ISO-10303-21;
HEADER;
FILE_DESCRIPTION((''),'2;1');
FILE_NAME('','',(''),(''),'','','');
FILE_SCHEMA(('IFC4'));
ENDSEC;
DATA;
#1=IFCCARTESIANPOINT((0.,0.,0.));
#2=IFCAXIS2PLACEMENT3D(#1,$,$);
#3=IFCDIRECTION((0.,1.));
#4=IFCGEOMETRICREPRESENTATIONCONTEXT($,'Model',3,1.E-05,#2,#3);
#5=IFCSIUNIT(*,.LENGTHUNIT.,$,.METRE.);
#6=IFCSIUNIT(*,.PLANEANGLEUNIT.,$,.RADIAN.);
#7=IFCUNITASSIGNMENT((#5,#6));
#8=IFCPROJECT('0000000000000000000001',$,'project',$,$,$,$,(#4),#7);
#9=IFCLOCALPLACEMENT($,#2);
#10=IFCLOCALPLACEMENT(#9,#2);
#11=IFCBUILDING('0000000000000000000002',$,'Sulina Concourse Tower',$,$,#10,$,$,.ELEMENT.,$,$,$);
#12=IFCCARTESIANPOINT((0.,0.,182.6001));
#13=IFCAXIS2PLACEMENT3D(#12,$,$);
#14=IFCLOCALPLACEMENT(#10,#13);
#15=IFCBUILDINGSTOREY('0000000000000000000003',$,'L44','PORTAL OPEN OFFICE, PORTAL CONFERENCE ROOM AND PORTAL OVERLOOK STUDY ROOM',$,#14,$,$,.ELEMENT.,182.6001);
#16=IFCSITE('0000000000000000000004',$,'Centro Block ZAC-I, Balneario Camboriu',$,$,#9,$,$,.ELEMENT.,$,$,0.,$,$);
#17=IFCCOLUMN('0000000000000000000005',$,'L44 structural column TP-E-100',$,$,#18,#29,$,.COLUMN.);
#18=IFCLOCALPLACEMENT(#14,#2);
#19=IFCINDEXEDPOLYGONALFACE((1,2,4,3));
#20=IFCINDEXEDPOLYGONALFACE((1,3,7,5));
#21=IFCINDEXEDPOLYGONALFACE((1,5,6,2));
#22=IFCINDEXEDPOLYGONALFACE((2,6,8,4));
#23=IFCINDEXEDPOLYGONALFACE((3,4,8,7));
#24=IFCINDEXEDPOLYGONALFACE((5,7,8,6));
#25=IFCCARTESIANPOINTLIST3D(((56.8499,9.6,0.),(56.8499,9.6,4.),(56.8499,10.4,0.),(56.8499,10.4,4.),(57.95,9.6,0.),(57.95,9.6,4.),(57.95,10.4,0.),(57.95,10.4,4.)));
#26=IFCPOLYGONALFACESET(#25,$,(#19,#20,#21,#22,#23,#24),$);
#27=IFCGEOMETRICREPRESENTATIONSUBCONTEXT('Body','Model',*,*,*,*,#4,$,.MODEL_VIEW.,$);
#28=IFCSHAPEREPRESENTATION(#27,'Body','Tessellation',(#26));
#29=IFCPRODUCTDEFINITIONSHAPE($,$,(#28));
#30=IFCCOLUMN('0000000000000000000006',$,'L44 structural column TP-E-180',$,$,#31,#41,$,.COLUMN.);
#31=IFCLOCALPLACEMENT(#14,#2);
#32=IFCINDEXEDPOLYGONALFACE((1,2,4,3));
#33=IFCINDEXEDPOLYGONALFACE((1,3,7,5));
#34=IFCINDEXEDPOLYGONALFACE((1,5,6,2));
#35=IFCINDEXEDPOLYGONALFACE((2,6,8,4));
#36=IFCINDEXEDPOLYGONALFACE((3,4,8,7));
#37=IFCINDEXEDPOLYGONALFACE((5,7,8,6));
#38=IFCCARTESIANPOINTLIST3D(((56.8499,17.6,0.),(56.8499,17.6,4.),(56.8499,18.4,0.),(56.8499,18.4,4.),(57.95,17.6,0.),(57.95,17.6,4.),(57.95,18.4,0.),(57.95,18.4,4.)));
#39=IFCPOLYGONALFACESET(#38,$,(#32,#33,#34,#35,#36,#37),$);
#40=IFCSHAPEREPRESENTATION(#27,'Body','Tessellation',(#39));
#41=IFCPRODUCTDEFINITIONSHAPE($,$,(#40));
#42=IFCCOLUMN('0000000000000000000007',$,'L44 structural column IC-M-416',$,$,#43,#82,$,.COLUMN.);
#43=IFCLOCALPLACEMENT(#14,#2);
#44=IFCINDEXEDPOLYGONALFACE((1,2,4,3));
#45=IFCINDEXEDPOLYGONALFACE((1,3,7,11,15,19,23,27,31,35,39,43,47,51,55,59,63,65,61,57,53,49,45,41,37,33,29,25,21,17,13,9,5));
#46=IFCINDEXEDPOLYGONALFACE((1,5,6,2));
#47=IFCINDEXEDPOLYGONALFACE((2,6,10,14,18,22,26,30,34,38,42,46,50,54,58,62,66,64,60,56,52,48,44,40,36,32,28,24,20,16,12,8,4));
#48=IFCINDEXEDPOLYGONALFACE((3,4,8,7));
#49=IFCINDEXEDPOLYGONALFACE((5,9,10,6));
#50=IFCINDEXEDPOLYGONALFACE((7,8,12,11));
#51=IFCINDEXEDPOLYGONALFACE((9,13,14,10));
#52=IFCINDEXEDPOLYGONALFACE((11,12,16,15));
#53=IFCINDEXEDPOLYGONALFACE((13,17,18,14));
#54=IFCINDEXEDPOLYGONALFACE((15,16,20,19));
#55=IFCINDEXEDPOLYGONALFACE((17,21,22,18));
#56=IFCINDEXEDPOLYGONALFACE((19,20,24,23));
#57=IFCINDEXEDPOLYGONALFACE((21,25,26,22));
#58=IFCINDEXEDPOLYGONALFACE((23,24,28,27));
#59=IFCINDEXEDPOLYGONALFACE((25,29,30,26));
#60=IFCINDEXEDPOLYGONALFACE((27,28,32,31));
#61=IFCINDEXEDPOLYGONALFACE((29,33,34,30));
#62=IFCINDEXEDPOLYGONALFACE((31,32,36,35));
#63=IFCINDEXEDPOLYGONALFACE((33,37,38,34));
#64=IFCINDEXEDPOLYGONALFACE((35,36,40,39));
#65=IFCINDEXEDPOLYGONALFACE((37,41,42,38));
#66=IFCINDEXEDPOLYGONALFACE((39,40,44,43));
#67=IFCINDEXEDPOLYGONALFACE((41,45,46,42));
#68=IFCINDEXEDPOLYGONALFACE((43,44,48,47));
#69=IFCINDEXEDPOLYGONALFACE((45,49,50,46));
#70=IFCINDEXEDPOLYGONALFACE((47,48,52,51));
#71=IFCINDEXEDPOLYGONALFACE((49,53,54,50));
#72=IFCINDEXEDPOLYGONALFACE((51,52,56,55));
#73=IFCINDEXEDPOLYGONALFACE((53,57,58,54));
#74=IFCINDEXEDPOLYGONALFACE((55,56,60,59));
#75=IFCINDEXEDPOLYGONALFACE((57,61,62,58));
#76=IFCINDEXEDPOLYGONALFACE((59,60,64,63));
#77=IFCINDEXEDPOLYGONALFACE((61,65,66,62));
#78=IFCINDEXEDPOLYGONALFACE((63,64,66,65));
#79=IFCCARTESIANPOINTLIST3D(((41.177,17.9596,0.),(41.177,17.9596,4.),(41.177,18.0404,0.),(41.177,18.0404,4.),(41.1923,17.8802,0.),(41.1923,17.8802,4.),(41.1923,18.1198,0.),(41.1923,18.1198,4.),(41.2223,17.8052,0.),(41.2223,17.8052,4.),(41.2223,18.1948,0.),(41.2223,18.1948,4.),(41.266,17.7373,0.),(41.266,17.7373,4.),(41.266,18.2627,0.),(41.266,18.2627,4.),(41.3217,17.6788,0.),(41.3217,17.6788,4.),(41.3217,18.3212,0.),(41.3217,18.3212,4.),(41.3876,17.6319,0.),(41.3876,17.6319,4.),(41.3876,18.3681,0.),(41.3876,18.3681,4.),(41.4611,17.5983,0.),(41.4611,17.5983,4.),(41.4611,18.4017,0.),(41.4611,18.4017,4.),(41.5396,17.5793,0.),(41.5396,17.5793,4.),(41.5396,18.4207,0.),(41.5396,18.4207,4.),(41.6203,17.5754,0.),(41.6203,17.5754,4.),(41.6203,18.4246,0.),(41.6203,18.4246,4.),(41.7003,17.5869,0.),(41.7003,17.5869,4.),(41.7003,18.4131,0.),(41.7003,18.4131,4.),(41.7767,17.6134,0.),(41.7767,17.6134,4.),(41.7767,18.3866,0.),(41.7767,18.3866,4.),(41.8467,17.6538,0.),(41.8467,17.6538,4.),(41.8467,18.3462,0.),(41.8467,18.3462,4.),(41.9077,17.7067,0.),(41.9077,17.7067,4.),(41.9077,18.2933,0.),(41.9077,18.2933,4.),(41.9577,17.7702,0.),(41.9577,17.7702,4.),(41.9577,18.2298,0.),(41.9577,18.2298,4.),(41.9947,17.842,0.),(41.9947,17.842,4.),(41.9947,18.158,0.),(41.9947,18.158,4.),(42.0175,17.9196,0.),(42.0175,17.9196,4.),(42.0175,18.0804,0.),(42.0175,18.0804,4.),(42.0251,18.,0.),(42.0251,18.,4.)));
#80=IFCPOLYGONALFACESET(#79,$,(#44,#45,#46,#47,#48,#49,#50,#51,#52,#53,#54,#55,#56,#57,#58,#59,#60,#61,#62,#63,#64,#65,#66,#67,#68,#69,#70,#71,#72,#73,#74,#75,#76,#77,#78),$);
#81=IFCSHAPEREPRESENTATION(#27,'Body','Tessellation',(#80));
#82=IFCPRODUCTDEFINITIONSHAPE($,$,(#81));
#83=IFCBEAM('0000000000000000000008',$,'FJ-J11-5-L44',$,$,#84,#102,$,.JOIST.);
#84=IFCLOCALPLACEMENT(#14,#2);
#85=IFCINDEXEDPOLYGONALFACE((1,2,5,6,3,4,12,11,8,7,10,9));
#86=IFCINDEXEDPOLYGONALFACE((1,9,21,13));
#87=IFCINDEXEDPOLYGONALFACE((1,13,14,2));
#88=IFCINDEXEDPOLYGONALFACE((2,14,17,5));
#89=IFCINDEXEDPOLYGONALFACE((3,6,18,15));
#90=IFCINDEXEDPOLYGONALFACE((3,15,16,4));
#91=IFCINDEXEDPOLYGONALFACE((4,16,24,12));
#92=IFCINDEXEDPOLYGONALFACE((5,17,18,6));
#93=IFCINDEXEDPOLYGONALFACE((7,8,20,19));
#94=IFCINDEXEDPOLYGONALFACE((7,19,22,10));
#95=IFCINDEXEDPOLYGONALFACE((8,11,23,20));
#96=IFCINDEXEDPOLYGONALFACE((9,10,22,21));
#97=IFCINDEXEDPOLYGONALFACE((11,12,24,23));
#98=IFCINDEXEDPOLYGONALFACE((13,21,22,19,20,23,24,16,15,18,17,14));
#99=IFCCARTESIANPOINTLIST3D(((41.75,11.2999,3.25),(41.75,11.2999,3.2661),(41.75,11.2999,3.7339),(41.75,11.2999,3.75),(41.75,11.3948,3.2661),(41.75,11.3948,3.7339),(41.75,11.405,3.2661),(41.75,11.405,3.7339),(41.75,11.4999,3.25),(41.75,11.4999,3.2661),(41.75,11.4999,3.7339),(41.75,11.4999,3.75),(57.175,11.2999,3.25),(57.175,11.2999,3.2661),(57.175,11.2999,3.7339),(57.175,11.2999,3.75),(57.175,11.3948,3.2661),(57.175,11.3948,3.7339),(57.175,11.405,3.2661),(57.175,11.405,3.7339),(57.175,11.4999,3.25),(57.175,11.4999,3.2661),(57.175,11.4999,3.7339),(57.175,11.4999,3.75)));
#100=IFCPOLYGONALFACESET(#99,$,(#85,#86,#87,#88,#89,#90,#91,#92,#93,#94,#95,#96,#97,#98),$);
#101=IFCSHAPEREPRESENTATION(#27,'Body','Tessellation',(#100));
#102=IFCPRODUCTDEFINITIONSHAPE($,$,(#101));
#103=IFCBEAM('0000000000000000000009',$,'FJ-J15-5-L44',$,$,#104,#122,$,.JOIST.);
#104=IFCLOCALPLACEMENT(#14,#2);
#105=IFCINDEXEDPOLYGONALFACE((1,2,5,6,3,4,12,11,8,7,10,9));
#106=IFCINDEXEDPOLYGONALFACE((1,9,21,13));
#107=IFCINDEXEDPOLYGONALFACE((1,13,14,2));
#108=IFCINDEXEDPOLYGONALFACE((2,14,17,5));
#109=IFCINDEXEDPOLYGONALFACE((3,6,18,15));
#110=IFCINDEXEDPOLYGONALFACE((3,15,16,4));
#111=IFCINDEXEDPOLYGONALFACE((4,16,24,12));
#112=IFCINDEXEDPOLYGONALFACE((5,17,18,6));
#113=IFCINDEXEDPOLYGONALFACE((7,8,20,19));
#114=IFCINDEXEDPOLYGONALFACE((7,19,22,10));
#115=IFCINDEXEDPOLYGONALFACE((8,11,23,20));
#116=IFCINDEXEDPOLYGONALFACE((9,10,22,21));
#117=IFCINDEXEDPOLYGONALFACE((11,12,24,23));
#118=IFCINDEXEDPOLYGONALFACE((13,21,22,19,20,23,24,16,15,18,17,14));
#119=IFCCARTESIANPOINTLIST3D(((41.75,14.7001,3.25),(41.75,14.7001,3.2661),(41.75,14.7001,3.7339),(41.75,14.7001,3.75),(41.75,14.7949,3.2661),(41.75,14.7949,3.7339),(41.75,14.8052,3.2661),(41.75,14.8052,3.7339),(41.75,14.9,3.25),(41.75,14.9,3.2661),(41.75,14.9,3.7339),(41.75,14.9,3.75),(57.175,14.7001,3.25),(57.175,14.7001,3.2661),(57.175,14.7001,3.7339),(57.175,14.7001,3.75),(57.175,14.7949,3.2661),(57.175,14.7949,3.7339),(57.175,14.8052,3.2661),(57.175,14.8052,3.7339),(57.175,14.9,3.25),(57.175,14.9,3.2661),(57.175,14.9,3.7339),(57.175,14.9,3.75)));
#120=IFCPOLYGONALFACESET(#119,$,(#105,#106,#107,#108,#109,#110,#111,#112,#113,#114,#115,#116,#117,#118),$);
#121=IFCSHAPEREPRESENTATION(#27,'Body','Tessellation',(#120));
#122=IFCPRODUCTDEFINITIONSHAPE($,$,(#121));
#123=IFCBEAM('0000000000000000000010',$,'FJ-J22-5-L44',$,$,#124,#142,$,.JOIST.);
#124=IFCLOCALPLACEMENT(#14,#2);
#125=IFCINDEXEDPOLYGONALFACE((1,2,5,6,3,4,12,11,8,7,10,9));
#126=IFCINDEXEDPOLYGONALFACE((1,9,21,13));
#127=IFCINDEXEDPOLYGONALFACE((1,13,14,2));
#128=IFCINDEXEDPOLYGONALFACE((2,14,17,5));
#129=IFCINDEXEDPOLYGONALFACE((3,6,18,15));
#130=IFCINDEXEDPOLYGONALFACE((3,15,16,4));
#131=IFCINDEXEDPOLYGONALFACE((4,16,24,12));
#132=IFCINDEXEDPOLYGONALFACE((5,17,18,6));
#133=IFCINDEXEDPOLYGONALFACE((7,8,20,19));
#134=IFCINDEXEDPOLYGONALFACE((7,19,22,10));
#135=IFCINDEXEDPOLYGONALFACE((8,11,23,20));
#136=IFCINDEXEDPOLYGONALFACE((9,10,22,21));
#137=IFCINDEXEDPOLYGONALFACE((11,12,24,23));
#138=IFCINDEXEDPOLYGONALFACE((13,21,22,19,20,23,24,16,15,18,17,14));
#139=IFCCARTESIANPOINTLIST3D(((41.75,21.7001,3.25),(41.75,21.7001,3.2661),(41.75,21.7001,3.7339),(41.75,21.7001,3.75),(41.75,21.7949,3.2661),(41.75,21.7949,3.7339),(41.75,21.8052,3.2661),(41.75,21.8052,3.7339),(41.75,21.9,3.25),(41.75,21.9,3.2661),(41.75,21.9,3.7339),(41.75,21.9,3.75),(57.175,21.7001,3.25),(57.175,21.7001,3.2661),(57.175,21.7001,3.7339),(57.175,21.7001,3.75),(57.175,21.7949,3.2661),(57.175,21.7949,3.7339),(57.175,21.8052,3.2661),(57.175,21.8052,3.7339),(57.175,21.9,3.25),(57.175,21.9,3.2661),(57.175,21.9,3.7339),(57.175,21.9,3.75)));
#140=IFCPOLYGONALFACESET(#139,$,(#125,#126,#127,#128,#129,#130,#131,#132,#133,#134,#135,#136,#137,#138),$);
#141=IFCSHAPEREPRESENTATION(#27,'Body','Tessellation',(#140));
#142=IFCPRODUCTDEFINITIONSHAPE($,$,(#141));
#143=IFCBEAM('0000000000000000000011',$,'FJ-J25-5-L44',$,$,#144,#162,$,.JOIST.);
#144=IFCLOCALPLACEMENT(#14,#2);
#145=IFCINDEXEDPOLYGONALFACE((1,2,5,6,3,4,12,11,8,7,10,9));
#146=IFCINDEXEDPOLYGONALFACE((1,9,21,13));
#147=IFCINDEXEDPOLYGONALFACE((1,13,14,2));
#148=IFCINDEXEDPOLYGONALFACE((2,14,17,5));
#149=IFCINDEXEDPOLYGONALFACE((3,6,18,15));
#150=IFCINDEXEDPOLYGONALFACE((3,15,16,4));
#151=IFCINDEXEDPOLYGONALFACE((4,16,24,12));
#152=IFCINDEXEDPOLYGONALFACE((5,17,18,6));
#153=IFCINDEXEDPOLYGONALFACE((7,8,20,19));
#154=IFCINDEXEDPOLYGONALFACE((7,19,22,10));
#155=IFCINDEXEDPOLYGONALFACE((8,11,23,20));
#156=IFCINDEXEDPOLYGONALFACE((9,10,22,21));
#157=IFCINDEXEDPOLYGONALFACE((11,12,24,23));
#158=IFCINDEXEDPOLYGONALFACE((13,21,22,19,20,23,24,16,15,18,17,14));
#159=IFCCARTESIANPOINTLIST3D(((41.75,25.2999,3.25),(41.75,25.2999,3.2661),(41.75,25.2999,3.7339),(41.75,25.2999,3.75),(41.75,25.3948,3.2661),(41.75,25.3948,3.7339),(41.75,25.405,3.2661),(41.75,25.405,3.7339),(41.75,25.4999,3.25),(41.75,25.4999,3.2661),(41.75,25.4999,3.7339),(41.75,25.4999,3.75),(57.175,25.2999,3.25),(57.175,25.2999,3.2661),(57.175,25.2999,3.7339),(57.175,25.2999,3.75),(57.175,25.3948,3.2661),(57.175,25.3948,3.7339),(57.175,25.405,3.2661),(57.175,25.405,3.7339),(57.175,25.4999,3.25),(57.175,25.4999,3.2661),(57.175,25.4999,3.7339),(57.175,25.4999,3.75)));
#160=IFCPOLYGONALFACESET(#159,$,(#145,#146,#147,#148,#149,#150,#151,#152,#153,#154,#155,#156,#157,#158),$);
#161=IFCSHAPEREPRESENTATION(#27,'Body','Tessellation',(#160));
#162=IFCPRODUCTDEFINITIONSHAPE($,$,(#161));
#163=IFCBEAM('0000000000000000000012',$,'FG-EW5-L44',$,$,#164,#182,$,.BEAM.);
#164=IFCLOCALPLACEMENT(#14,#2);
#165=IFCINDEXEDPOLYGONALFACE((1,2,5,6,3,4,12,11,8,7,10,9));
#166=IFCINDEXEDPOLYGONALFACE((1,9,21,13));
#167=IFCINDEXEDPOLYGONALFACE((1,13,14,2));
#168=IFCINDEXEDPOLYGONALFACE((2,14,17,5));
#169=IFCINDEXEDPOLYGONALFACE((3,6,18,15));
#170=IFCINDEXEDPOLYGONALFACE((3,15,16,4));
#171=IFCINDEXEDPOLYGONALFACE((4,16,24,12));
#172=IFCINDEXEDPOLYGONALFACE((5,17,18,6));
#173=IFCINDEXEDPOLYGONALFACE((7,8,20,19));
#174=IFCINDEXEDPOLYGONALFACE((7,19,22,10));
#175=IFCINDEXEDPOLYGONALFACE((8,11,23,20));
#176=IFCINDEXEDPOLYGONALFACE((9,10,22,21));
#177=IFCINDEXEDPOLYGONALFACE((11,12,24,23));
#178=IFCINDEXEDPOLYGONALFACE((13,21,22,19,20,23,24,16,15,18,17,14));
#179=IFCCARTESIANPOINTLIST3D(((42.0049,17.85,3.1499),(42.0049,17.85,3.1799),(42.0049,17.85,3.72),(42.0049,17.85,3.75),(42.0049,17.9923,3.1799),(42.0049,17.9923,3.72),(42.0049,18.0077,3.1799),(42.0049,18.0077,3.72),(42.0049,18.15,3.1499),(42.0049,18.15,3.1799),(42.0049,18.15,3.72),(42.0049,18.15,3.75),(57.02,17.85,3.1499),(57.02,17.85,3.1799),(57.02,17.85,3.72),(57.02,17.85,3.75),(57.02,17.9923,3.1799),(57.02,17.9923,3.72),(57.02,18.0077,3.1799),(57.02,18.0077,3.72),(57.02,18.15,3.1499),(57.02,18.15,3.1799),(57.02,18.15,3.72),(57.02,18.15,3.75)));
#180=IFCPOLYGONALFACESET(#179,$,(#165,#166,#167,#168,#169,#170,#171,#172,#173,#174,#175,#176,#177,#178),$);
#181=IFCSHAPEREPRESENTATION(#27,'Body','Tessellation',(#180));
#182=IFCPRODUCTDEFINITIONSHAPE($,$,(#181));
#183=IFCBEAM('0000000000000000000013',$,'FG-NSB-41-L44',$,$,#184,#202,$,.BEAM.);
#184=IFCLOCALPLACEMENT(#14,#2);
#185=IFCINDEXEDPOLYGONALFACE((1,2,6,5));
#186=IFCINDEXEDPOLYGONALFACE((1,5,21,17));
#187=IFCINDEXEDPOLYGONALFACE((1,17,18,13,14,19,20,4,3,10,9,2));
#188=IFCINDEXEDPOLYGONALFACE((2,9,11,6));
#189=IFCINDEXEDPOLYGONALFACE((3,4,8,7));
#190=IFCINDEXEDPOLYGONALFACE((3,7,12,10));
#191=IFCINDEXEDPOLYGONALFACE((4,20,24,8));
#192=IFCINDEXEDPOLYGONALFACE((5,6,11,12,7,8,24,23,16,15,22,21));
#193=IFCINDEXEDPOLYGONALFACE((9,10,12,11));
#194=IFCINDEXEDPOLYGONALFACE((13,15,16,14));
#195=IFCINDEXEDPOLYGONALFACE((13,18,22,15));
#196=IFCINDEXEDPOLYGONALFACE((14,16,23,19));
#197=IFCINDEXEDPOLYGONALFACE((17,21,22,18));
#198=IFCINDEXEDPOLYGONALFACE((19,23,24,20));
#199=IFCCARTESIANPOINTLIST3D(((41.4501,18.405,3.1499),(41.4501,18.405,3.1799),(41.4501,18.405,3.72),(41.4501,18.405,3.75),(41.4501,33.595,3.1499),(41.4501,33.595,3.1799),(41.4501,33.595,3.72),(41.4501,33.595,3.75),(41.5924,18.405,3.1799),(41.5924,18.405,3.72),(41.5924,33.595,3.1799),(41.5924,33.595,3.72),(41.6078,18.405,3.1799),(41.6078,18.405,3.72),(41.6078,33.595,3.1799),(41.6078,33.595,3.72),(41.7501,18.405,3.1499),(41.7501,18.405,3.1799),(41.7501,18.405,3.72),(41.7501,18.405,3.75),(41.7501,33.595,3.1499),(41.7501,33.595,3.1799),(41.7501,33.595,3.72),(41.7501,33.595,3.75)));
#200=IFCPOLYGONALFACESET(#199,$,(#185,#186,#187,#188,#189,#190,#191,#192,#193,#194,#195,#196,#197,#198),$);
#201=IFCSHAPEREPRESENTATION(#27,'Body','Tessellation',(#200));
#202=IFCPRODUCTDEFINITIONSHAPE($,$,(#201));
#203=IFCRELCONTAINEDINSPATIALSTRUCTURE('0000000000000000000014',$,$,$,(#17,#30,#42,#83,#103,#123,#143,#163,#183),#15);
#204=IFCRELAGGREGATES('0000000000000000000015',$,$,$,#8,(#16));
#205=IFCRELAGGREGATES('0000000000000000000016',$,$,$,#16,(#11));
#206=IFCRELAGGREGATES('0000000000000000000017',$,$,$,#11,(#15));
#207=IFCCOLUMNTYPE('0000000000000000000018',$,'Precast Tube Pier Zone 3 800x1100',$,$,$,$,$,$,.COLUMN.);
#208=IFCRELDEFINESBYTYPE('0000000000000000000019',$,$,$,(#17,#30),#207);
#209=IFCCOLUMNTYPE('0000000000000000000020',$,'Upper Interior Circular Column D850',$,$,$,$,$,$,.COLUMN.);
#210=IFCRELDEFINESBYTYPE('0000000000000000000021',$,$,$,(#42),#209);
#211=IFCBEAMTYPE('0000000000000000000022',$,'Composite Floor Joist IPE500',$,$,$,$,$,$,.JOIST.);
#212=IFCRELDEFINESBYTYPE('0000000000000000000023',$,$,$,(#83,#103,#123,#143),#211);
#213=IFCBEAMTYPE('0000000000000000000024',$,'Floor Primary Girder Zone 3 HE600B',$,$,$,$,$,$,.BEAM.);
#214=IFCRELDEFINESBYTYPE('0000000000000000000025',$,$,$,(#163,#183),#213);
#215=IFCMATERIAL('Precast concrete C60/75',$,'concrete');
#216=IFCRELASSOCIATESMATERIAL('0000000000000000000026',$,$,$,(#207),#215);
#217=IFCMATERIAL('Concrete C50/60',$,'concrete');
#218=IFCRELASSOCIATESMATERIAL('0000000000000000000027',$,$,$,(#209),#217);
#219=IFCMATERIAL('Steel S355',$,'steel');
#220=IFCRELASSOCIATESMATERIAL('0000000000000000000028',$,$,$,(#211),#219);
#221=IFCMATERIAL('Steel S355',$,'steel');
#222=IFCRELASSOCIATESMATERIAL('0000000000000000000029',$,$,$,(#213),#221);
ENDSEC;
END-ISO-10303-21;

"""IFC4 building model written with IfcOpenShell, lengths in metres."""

from ifc_helpers import new_model, si_unit, direction, frame, origin, origin_2d, place, context, subcontext, project, spatial, rectangle, circle, i_section, extrude, material, material_profile, profile_set, type_object, element, save


model = new_model("IFC4")

# Units and contexts
model_context = context("Model", 3, precision=1e-05, world=origin(), true_north=direction((0.0, 1.0)))
body_context = subcontext(model_context, "Body", "Model", "MODEL_VIEW")
ifc_project = project(units=[si_unit("LENGTHUNIT", "METRE"), si_unit("PLANEANGLEUNIT", "RADIAN")], contexts=[model_context])

# Site, building, storey
site_placement = place(None, origin())
site = spatial("IfcSite", under=ifc_project, at=site_placement, Name="Centro Block ZAC-I, Balneario Camboriu", CompositionType="ELEMENT", RefElevation=0.0)
building_placement = place(site_placement, origin())
building = spatial("IfcBuilding", under=site, at=building_placement, Name="Sulina Concourse Tower", CompositionType="ELEMENT")
storey_placement = place(building_placement, frame((0.0, 0.0, 182.6001)))
storey = spatial("IfcBuildingStorey", under=building, at=storey_placement, Name="L44", Description="PORTAL OPEN OFFICE, PORTAL CONFERENCE ROOM AND PORTAL OVERLOOK STUDY ROOM", CompositionType="ELEMENT", Elevation=182.6001)

# Columns
ifc_material_1 = material(Name="Precast concrete C60/75", Category="concrete")
ifc_material_profile_1 = material_profile(ifc_material_1, rectangle(XDim=0.8, YDim=1.1001, at=origin_2d()), Name="PC 800x1100")
ifc_profile_set_1 = profile_set([ifc_material_profile_1], Name="Precast concrete C60/75")
column_type_1 = type_object("IfcColumnType", Name="Precast Tube Pier Zone 3 800x1100", PredefinedType="COLUMN", material=ifc_profile_set_1)
for number, where, z_axis, x_axis, name in (
    (1, (57.3999, 10.0, 0.0), (0.0, 0.0, 1.0), (0.0, 1.0, 0.0), "L44 structural column TP-E-100"),
    (2, (57.3999, 18.0, 0.0), (0.0, 0.0, 1.0), (0.0, 1.0, 0.0), "L44 structural column TP-E-180"),
):
    element("IfcColumn", number, at=place(storey_placement, frame(where, z_axis=z_axis, x_axis=x_axis)), inside=storey, type_object=column_type_1, Name=name, PredefinedType="COLUMN", context=body_context, shape_type="SweptSolid", body=[
        extrude(rectangle(XDim=0.8, YDim=1.1001, at=origin_2d()), origin(), (0.0, 0.0, 1.0), 4.0),
    ])
ifc_material_2 = material(Name="Concrete C50/60", Category="concrete")
ifc_material_profile_2 = material_profile(ifc_material_2, circle(Radius=0.425, at=origin_2d()), Name="RC D850")
ifc_profile_set_2 = profile_set([ifc_material_profile_2], Name="Concrete C50/60")
column_type_2 = type_object("IfcColumnType", Name="Upper Interior Circular Column D850", PredefinedType="COLUMN", material=ifc_profile_set_2)
column_placement = place(storey_placement, frame((41.6001, 18.0, 0.0), z_axis=(0.0, 0.0, 1.0), x_axis=(1.0, 0.0, 0.0)))
element("IfcColumn", 3, at=column_placement, inside=storey, type_object=column_type_2, Name="L44 structural column IC-M-416", PredefinedType="COLUMN", context=body_context, shape_type="SweptSolid", body=[
    extrude(circle(Radius=0.425, at=origin_2d()), origin(), (0.0, 0.0, 1.0), 4.0),
])

# Beams
ifc_material_3 = material(Name="Steel S355", Category="steel")
ifc_material_profile_3 = material_profile(ifc_material_3, i_section(OverallWidth=0.2, OverallDepth=0.5, WebThickness=0.0103, FlangeThickness=0.0161, at=origin_2d()), Name="IPE 500")
ifc_profile_set_3 = profile_set([ifc_material_profile_3], Name="Steel S355")
beam_type_1 = type_object("IfcBeamType", Name="Composite Floor Joist IPE500", PredefinedType="JOIST", material=ifc_profile_set_3)
for number, where, z_axis, x_axis, name in (
    (4, (41.75, 11.3999, 3.5), (1.0, 0.0, 0.0), (0.0, 1.0, 0.0), "FJ-J11-5-L44"),
    (5, (41.75, 14.8, 3.5), (1.0, 0.0, 0.0), (0.0, 1.0, 0.0), "FJ-J15-5-L44"),
    (6, (41.75, 21.8, 3.5), (1.0, 0.0, 0.0), (0.0, 1.0, 0.0), "FJ-J22-5-L44"),
    (7, (41.75, 25.3999, 3.5), (1.0, 0.0, 0.0), (0.0, 1.0, 0.0), "FJ-J25-5-L44"),
):
    element("IfcBeam", number, at=place(storey_placement, frame(where, z_axis=z_axis, x_axis=x_axis)), inside=storey, type_object=beam_type_1, Name=name, PredefinedType="JOIST", context=body_context, shape_type="SweptSolid", body=[
        extrude(i_section(OverallWidth=0.2, OverallDepth=0.5, WebThickness=0.0103, FlangeThickness=0.0161, at=origin_2d()), origin(), (0.0, 0.0, 1.0), 15.425),
    ])
ifc_material_4 = material(Name="Steel S355", Category="steel")
ifc_material_profile_4 = material_profile(ifc_material_4, i_section(OverallWidth=0.3, OverallDepth=0.6001, WebThickness=0.0154, FlangeThickness=0.03, at=origin_2d()), Name="HE 600 B")
ifc_profile_set_4 = profile_set([ifc_material_profile_4], Name="Steel S355")
beam_type_2 = type_object("IfcBeamType", Name="Floor Primary Girder Zone 3 HE600B", PredefinedType="BEAM", material=ifc_profile_set_4)
beam_1_placement = place(storey_placement, frame((42.0049, 18.0, 3.45), z_axis=(1.0, 0.0, 0.0), x_axis=(0.0, 1.0, 0.0)))
element("IfcBeam", 8, at=beam_1_placement, inside=storey, type_object=beam_type_2, Name="FG-EW5-L44", PredefinedType="BEAM", context=body_context, shape_type="SweptSolid", body=[
    extrude(i_section(OverallWidth=0.3, OverallDepth=0.6001, WebThickness=0.0154, FlangeThickness=0.03, at=origin_2d()), origin(), (0.0, 0.0, 1.0), 15.0151),
])
beam_2_placement = place(storey_placement, frame((41.6001, 18.405, 3.45), z_axis=(0.0, 1.0, 0.0), x_axis=(-1.0, 0.0, 0.0)))
element("IfcBeam", 9, at=beam_2_placement, inside=storey, type_object=beam_type_2, Name="FG-NSB-41-L44", PredefinedType="BEAM", context=body_context, shape_type="SweptSolid", body=[
    extrude(i_section(OverallWidth=0.3, OverallDepth=0.6001, WebThickness=0.0154, FlangeThickness=0.03, at=origin_2d()), origin(), (0.0, 0.0, 1.0), 15.1899),
])

save(model, "model.ifc")
